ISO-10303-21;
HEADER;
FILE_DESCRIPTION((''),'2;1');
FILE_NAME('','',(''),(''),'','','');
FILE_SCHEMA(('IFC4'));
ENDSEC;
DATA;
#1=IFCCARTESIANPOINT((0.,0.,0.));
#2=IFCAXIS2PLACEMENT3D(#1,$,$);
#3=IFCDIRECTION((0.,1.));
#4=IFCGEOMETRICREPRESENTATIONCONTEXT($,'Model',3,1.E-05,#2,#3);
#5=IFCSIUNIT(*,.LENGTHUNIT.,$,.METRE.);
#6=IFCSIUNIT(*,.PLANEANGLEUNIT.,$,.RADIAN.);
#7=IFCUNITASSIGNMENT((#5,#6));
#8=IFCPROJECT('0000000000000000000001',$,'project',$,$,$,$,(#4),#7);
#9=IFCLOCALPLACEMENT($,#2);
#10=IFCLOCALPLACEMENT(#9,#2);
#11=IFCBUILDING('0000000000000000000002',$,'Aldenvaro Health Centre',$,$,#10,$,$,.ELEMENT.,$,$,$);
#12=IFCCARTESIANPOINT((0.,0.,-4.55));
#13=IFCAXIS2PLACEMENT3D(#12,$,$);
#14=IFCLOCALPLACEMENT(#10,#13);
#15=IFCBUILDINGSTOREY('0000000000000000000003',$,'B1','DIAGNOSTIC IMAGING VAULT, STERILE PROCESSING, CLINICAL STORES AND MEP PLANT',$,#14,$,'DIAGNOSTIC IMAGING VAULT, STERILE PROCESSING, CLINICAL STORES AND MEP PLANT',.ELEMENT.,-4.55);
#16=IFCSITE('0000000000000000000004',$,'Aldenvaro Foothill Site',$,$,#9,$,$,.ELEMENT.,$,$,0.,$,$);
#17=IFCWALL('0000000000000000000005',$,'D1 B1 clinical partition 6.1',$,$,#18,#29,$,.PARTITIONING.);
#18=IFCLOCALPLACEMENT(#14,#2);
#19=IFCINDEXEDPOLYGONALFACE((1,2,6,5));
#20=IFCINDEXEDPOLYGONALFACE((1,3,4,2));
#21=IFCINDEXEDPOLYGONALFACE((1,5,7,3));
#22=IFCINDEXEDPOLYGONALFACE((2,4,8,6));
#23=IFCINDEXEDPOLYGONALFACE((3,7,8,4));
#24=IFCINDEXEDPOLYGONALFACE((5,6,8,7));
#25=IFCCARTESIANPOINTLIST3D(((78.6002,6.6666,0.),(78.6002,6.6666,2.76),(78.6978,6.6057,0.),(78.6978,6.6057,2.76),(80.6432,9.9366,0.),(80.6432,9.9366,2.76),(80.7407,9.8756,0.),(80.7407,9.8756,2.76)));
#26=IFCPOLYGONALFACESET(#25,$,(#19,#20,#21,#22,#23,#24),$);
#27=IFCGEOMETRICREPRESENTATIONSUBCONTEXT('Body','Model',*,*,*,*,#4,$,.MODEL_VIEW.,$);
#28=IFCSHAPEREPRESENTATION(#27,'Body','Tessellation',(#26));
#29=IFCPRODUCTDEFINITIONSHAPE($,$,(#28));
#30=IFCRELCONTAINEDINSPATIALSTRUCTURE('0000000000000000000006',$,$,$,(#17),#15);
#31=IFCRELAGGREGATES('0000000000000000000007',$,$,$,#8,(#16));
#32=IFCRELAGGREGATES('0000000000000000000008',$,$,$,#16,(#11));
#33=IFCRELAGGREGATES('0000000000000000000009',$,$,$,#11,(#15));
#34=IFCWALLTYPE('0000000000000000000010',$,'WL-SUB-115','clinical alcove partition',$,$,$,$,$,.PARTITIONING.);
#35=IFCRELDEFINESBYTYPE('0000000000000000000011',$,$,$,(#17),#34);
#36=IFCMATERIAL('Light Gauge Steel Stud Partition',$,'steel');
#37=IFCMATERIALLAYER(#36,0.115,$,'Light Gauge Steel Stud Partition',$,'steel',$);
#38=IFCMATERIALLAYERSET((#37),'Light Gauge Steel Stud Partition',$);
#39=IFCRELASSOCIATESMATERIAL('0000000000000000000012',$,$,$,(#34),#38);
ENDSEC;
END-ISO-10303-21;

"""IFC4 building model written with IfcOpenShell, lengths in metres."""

from ifc_helpers import new_model, si_unit, direction, frame, frame_2d, origin, place, context, subcontext, project, spatial, rectangle, extrude, material, layer, layer_set, type_object, element, save


model = new_model("IFC4")

# Units and contexts
model_context = context("Model", 3, precision=1e-05, world=origin(), true_north=direction((0.0, 1.0)))
body_context = subcontext(model_context, "Body", "Model", "MODEL_VIEW")
ifc_project = project(units=[si_unit("LENGTHUNIT", "METRE"), si_unit("PLANEANGLEUNIT", "RADIAN")], contexts=[model_context])

# Site, building, storey
site_placement = place(None, origin())
site = spatial("IfcSite", under=ifc_project, at=site_placement, Name="Aldenvaro Foothill Site", CompositionType="ELEMENT", RefElevation=0.0)
building_placement = place(site_placement, origin())
building = spatial("IfcBuilding", under=site, at=building_placement, Name="Aldenvaro Health Centre", CompositionType="ELEMENT")
storey_placement = place(building_placement, frame((0.0, 0.0, -4.55)))
storey = spatial("IfcBuildingStorey", under=building, at=storey_placement, Name="B1", Description="DIAGNOSTIC IMAGING VAULT, STERILE PROCESSING, CLINICAL STORES AND MEP PLANT", LongName="DIAGNOSTIC IMAGING VAULT, STERILE PROCESSING, CLINICAL STORES AND MEP PLANT", CompositionType="ELEMENT", Elevation=-4.55)

# Wall
ifc_material_1 = material(Name="Light Gauge Steel Stud Partition", Category="steel")
ifc_layer_1 = layer(ifc_material_1, 0.115, Name="Light Gauge Steel Stud Partition", Category="steel")
ifc_layer_set_1 = layer_set([ifc_layer_1], Name="Light Gauge Steel Stud Partition")
wall_type_1 = type_object("IfcWallType", Name="WL-SUB-115", Description="clinical alcove partition", PredefinedType="PARTITIONING", material=ifc_layer_set_1)
wall_1_placement = place(storey_placement, frame((80.6919, 9.906, 0.0), z_axis=(0.0, 0.0, 1.0), x_axis=(-0.529851, -0.848091, 0.0)))
element("IfcWall", 1, at=wall_1_placement, inside=storey, type_object=wall_type_1, Name="D1 B1 clinical partition 6.1", PredefinedType="PARTITIONING", context=body_context, shape_type="SweptSolid", body=[
    extrude(rectangle(XDim=3.8557, YDim=0.115, at=frame_2d((1.9277, 0.0))), origin(), (0.0, 0.0, 1.0), 2.76),
])

save(model, "model.ifc")
